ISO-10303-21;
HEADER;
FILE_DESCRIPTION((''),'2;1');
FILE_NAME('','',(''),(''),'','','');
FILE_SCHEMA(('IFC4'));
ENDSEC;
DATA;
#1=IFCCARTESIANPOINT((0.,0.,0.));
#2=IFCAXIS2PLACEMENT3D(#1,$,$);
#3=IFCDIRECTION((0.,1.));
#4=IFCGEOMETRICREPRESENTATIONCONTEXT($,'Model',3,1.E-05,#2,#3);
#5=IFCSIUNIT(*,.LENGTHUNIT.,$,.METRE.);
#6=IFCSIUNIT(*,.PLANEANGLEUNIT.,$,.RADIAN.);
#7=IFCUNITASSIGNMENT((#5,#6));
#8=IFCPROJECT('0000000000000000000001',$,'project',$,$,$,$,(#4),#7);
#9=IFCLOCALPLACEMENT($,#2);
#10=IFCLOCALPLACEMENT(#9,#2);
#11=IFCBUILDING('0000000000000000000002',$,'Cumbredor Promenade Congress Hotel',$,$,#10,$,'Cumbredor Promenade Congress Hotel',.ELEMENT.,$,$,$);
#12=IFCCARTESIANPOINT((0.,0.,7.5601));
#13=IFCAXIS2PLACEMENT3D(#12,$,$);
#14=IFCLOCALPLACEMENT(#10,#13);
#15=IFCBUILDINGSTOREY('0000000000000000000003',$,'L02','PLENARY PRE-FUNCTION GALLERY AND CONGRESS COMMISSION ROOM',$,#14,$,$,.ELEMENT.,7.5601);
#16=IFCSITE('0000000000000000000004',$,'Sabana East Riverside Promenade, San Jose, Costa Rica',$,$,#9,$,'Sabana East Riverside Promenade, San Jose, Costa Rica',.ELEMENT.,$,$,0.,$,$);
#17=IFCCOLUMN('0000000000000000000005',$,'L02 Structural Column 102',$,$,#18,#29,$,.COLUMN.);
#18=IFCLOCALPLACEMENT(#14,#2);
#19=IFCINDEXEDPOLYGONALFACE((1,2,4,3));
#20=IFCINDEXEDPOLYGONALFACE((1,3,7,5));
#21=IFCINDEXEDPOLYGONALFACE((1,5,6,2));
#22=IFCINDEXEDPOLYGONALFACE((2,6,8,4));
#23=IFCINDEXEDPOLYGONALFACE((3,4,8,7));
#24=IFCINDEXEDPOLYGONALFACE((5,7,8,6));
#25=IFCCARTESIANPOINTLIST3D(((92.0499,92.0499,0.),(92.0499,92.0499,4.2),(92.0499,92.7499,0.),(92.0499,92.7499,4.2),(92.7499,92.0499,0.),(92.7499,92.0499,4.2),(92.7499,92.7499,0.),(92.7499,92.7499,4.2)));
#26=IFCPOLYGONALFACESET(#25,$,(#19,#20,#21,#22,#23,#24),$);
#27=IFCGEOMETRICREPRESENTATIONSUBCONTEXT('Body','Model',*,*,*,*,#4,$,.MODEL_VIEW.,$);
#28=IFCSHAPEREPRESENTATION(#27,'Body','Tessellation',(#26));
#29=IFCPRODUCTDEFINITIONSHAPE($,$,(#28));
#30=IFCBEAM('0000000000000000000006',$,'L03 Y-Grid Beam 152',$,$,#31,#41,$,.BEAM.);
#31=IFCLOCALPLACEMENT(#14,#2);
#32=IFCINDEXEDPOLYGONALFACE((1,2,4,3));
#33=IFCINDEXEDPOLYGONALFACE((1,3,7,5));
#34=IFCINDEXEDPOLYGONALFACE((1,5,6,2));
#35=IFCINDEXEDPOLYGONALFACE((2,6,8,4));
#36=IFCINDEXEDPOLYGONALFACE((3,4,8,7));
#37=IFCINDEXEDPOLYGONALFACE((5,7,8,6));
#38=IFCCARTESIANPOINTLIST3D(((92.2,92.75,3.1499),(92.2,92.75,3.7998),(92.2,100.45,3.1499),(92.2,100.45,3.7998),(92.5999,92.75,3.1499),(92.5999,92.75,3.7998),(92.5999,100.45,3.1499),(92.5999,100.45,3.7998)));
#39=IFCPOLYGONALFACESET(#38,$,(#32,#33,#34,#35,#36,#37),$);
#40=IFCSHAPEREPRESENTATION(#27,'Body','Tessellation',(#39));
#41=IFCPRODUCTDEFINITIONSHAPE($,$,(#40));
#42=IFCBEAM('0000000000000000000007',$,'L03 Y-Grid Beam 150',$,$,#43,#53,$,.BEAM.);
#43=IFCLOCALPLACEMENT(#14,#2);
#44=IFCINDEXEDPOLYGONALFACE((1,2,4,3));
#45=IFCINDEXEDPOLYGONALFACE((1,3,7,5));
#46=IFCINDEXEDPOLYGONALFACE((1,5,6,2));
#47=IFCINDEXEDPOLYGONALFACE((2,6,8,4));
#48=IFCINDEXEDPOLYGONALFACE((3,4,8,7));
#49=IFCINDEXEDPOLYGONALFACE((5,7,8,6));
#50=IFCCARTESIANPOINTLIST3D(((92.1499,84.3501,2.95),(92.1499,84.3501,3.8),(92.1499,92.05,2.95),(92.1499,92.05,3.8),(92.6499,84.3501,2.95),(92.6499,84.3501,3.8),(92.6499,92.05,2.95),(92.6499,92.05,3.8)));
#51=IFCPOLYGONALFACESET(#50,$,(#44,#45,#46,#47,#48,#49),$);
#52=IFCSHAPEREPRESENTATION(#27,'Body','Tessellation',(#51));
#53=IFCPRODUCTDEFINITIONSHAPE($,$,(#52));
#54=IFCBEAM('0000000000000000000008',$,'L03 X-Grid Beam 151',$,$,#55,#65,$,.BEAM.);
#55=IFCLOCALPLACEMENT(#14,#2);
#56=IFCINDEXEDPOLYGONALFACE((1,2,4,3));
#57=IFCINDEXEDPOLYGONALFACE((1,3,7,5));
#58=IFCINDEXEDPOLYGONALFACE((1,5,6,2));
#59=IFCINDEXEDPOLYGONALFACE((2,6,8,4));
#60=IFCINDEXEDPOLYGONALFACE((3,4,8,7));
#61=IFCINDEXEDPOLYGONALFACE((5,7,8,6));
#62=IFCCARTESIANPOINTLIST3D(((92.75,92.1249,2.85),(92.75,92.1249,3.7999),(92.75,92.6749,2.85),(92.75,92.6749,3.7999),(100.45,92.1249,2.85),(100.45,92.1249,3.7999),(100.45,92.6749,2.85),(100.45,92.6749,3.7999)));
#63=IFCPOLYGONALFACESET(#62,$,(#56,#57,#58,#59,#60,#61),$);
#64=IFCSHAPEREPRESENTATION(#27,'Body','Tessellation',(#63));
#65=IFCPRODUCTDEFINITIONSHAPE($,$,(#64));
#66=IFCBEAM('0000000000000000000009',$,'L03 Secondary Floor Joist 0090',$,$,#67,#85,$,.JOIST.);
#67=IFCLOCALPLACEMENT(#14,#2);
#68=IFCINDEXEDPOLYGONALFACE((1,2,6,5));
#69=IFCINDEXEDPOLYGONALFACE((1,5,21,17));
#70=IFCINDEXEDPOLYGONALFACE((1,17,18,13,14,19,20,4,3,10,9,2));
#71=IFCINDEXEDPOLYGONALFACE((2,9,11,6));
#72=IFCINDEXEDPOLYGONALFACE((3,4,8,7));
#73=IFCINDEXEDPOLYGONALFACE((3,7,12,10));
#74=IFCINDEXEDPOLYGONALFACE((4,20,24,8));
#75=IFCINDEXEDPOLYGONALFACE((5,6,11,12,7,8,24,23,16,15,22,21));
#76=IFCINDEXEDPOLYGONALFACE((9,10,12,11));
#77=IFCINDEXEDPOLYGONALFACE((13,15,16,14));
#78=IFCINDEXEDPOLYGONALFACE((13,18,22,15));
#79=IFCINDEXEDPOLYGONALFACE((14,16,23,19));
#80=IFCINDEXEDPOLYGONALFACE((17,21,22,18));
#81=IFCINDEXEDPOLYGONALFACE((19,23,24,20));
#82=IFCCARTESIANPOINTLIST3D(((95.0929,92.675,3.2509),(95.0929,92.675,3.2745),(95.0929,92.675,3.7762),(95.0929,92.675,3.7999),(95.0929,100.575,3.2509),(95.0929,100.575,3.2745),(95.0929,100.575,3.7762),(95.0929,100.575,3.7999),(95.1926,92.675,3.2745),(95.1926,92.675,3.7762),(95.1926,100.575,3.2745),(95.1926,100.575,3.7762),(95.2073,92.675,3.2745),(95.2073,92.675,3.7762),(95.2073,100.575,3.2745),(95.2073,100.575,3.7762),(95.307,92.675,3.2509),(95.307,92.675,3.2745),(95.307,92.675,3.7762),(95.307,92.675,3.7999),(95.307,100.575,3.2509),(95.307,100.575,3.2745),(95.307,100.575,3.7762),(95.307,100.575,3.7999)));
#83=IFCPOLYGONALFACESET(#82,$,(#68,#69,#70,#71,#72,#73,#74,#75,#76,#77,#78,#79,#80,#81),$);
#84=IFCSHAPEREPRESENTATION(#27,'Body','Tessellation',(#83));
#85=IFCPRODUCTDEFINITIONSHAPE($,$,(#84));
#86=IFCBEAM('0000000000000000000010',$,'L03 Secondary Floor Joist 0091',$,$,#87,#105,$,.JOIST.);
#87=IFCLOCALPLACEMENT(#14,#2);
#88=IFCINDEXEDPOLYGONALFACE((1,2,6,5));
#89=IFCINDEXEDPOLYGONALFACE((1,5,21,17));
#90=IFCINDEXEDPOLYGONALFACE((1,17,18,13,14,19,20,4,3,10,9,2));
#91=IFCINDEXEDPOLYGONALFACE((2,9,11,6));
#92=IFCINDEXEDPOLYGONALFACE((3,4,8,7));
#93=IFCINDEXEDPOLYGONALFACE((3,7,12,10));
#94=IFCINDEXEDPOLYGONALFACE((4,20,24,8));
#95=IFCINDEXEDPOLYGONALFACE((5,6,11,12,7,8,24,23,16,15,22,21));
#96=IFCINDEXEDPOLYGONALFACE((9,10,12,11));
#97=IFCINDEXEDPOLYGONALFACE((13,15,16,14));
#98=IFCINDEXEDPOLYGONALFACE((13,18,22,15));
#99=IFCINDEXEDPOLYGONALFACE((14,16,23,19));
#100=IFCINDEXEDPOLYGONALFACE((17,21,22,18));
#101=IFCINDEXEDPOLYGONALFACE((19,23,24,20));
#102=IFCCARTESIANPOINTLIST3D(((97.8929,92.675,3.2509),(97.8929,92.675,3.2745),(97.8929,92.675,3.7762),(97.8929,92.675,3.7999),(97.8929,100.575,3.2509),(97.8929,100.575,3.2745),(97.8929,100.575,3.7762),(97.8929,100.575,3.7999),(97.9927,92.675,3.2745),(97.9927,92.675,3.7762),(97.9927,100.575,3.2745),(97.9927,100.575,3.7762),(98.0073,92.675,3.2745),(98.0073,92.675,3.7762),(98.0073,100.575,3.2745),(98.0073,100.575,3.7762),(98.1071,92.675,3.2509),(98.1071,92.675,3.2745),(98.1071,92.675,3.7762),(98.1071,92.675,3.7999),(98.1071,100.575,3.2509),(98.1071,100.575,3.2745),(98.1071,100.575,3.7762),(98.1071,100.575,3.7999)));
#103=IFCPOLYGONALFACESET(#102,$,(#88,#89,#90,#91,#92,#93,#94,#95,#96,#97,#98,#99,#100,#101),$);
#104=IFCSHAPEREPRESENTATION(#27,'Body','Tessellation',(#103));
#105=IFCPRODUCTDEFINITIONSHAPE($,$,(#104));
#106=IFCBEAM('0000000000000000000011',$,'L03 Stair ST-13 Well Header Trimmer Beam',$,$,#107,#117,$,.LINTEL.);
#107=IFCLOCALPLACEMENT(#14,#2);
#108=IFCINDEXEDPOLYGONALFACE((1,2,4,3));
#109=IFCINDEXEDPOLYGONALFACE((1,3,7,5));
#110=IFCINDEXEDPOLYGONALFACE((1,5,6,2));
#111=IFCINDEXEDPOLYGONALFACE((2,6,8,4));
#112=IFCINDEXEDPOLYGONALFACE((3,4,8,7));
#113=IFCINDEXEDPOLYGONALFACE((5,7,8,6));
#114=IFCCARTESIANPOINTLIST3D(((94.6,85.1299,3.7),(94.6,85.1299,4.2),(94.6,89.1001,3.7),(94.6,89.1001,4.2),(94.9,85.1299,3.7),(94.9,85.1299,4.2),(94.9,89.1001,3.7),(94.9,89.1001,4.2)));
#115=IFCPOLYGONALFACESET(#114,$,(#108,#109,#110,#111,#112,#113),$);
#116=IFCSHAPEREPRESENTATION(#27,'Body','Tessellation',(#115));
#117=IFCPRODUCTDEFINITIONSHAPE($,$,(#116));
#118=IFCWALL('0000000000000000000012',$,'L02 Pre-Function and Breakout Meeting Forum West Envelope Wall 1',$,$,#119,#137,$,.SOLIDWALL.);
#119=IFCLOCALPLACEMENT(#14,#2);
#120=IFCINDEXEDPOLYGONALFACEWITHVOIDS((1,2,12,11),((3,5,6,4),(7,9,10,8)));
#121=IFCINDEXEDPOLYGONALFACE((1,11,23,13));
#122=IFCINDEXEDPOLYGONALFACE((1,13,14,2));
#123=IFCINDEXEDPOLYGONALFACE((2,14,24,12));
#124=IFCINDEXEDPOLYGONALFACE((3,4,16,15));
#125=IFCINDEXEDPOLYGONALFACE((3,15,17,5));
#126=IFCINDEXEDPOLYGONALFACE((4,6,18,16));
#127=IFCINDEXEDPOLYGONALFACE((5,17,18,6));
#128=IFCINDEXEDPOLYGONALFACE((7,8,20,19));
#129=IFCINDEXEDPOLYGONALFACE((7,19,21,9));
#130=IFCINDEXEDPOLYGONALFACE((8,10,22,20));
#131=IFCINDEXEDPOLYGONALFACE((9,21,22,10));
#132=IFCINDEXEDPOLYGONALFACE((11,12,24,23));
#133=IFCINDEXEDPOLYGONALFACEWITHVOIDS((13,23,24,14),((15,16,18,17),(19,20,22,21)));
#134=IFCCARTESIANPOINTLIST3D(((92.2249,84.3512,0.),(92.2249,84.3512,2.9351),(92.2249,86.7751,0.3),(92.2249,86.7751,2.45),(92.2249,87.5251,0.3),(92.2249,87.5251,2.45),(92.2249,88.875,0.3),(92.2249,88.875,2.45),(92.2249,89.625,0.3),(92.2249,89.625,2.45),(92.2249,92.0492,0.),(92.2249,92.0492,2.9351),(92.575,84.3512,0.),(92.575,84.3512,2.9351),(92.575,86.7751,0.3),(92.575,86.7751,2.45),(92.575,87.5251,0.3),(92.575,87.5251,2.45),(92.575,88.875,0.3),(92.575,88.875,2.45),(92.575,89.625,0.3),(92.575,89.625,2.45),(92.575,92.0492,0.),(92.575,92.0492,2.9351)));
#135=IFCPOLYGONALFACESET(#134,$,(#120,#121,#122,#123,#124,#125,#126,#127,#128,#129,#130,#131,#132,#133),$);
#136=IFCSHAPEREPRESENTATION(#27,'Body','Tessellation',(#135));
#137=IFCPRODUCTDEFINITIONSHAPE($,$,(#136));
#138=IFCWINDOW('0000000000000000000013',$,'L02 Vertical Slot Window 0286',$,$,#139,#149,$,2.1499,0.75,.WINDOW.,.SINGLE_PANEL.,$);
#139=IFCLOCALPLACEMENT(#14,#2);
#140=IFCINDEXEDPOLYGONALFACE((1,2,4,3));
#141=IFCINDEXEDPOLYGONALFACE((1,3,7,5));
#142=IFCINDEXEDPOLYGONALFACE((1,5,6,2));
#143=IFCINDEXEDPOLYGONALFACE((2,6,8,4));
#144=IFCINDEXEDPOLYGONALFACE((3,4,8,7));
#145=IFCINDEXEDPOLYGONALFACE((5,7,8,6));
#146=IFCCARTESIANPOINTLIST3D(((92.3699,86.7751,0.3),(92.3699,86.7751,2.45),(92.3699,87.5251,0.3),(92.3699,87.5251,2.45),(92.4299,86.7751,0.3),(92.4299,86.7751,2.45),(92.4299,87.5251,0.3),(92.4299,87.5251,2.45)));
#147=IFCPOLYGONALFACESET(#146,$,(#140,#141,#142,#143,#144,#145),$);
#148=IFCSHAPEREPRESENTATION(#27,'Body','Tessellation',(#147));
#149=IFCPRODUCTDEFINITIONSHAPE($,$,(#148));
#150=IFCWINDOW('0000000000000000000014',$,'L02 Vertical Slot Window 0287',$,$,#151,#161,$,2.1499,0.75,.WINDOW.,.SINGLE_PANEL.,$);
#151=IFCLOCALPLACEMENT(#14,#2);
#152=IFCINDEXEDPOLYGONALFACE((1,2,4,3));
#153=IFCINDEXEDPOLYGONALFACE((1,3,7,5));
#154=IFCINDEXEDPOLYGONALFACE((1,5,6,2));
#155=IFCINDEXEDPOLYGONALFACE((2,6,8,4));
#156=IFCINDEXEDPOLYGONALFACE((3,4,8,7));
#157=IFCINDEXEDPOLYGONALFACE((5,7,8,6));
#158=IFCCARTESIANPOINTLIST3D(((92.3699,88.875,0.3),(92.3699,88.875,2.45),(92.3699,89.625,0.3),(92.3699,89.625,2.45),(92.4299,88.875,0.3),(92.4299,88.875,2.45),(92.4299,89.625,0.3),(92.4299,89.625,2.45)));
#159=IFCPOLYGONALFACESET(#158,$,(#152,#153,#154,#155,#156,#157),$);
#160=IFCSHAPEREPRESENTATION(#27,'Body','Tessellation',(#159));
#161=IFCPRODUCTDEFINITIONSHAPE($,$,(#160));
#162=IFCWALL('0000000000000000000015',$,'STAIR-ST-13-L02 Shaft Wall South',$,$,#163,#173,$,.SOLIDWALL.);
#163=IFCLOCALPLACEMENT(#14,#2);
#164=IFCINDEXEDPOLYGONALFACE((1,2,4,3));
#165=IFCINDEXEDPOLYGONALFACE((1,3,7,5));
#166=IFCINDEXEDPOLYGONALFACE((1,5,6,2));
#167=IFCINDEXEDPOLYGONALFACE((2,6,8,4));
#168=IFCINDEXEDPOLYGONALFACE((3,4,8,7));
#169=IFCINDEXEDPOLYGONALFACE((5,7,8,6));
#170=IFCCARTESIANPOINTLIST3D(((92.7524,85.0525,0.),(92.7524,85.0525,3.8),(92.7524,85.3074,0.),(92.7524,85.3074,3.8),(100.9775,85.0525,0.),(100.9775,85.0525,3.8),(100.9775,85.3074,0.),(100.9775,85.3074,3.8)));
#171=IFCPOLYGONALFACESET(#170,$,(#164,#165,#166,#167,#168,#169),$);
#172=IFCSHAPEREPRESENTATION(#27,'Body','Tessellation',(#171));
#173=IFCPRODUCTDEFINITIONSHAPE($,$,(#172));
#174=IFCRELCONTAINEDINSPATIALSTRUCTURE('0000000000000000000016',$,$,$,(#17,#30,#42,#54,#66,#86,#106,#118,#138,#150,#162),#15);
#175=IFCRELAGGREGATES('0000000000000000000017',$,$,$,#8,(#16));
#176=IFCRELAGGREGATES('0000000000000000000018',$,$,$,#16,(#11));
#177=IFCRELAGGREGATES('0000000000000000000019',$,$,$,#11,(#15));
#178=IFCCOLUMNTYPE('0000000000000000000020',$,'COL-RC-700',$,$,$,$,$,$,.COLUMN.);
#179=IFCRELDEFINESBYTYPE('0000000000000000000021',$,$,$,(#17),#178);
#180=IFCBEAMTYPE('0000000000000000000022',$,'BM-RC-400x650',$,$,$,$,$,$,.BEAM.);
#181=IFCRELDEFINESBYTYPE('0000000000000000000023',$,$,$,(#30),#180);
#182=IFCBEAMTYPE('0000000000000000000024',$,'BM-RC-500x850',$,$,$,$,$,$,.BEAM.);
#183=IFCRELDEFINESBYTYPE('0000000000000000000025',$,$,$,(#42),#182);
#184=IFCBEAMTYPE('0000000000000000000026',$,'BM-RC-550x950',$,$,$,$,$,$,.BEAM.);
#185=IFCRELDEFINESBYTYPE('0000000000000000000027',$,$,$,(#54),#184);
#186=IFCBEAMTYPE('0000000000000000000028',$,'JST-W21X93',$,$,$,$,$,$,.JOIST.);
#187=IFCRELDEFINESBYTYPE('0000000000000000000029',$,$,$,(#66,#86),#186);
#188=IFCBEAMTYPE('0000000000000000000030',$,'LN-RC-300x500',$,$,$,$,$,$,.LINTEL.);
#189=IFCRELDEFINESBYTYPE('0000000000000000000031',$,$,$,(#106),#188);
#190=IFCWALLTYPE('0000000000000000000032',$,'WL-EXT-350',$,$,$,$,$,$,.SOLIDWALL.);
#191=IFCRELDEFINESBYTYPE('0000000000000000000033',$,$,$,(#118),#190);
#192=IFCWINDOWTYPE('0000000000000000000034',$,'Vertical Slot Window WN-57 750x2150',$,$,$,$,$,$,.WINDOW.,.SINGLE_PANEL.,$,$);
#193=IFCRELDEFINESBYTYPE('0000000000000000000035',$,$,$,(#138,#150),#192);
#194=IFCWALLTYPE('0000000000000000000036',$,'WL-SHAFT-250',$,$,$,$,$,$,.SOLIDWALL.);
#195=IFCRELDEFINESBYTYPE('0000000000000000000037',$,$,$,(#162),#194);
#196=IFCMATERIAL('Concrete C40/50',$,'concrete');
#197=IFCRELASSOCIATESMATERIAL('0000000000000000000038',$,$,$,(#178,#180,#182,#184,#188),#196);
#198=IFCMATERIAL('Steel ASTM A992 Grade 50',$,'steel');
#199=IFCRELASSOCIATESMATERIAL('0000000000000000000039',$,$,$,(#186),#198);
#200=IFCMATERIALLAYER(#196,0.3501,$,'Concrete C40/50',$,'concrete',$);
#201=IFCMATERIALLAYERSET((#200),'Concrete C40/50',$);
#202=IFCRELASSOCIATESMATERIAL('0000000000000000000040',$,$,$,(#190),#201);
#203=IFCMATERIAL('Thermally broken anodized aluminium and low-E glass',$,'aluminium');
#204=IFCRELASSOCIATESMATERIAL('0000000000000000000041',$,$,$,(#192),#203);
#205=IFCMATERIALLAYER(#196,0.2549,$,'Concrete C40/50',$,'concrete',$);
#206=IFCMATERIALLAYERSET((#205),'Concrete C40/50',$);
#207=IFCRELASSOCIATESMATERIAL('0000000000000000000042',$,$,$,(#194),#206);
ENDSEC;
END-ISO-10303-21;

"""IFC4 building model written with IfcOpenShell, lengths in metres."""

from ifc_helpers import new_model, si_unit, direction, frame, frame_2d, origin, origin_2d, place, context, subcontext, project, spatial, rectangle, i_section, extrude, material, layer, layer_set, material_profile, profile_set, type_object, element, fill, save


model = new_model("IFC4")

# Units and contexts
model_context = context("Model", 3, precision=1e-05, world=origin(), true_north=direction((0.0, 1.0)))
body_context = subcontext(model_context, "Body", "Model", "MODEL_VIEW")
ifc_project = project(units=[si_unit("LENGTHUNIT", "METRE"), si_unit("PLANEANGLEUNIT", "RADIAN")], contexts=[model_context])

# Site, building, storey
site_placement = place(None, origin())
site = spatial("IfcSite", under=ifc_project, at=site_placement, Name="Sabana East Riverside Promenade, San Jose, Costa Rica", LongName="Sabana East Riverside Promenade, San Jose, Costa Rica", CompositionType="ELEMENT", RefElevation=0.0)
building_placement = place(site_placement, origin())
building = spatial("IfcBuilding", under=site, at=building_placement, Name="Cumbredor Promenade Congress Hotel", LongName="Cumbredor Promenade Congress Hotel", CompositionType="ELEMENT")
storey_placement = place(building_placement, frame((0.0, 0.0, 7.5601)))
storey = spatial("IfcBuildingStorey", under=building, at=storey_placement, Name="L02", Description="PLENARY PRE-FUNCTION GALLERY AND CONGRESS COMMISSION ROOM", CompositionType="ELEMENT", Elevation=7.5601)

# Column
ifc_material_1 = material(Name="Concrete C40/50", Category="concrete")
ifc_material_profile_1 = material_profile(ifc_material_1, rectangle(XDim=0.7, YDim=0.7, at=origin_2d()), Name="RC 700x700")
ifc_profile_set_1 = profile_set([ifc_material_profile_1], Name="Concrete C40/50")
column_type = type_object("IfcColumnType", Name="COL-RC-700", PredefinedType="COLUMN", material=ifc_profile_set_1)
column_placement = place(storey_placement, frame((92.3999, 92.3999, 0.0), z_axis=(0.0, 0.0, 1.0), x_axis=(1.0, 0.0, 0.0)))
element("IfcColumn", 1, at=column_placement, inside=storey, type_object=column_type, Name="L02 Structural Column 102", PredefinedType="COLUMN", context=body_context, shape_type="SweptSolid", body=[
    extrude(rectangle(XDim=0.7, YDim=0.7, at=origin_2d()), origin(), (0.0, 0.0, 1.0), 4.2),
])

# Beams
ifc_material_profile_2 = material_profile(ifc_material_1, rectangle(XDim=0.3999, YDim=0.6499, at=origin_2d()), Name="RC BEAM 400x650")
ifc_profile_set_2 = profile_set([ifc_material_profile_2], Name="Concrete C40/50")
beam_type_1 = type_object("IfcBeamType", Name="BM-RC-400x650", PredefinedType="BEAM", material=ifc_profile_set_2)
beam_1_placement = place(storey_placement, frame((92.3999, 92.75, 3.4749), z_axis=(0.0, 1.0, 0.0), x_axis=(-1.0, 0.0, 0.0)))
element("IfcBeam", 2, at=beam_1_placement, inside=storey, type_object=beam_type_1, Name="L03 Y-Grid Beam 152", PredefinedType="BEAM", context=body_context, shape_type="SweptSolid", body=[
    extrude(rectangle(XDim=0.3999, YDim=0.6499, at=origin_2d()), origin(), (0.0, 0.0, 1.0), 7.7),
])
ifc_material_profile_3 = material_profile(ifc_material_1, rectangle(XDim=0.5, YDim=0.8501, at=origin_2d()), Name="RC BEAM 500x850")
ifc_profile_set_3 = profile_set([ifc_material_profile_3], Name="Concrete C40/50")
beam_type_2 = type_object("IfcBeamType", Name="BM-RC-500x850", PredefinedType="BEAM", material=ifc_profile_set_3)
beam_2_placement = place(storey_placement, frame((92.3999, 84.3501, 3.375), z_axis=(0.0, 1.0, 0.0), x_axis=(-1.0, 0.0, 0.0)))
element("IfcBeam", 3, at=beam_2_placement, inside=storey, type_object=beam_type_2, Name="L03 Y-Grid Beam 150", PredefinedType="BEAM", context=body_context, shape_type="SweptSolid", body=[
    extrude(rectangle(XDim=0.5, YDim=0.8501, at=origin_2d()), origin(), (0.0, 0.0, 1.0), 7.7),
])
ifc_material_profile_4 = material_profile(ifc_material_1, rectangle(XDim=0.55, YDim=0.95, at=origin_2d()), Name="RC BEAM 550x950")
ifc_profile_set_4 = profile_set([ifc_material_profile_4], Name="Concrete C40/50")
beam_type_3 = type_object("IfcBeamType", Name="BM-RC-550x950", PredefinedType="BEAM", material=ifc_profile_set_4)
beam_3_placement = place(storey_placement, frame((92.75, 92.3999, 3.325), z_axis=(1.0, 0.0, 0.0), x_axis=(0.0, 1.0, 0.0)))
element("IfcBeam", 4, at=beam_3_placement, inside=storey, type_object=beam_type_3, Name="L03 X-Grid Beam 151", PredefinedType="BEAM", context=body_context, shape_type="SweptSolid", body=[
    extrude(rectangle(XDim=0.55, YDim=0.95, at=origin_2d()), origin(), (0.0, 0.0, 1.0), 7.7),
])
ifc_material_2 = material(Name="Steel ASTM A992 Grade 50", Category="steel")
ifc_material_profile_5 = material_profile(ifc_material_2, i_section(OverallWidth=0.2141, OverallDepth=0.5491, WebThickness=0.0146, FlangeThickness=0.0237, at=origin_2d()), Name="W21X93")
ifc_profile_set_5 = profile_set([ifc_material_profile_5], Name="Steel ASTM A992 Grade 50")
beam_type_4 = type_object("IfcBeamType", Name="JST-W21X93", PredefinedType="JOIST", material=ifc_profile_set_5)
for number, where, z_axis, x_axis, name in (
    (5, (95.2, 92.675, 3.5254), (0.0, 1.0, 0.0), (-1.0, 0.0, 0.0), "L03 Secondary Floor Joist 0090"),
    (6, (98.0, 92.675, 3.5254), (0.0, 1.0, 0.0), (-1.0, 0.0, 0.0), "L03 Secondary Floor Joist 0091"),
):
    element("IfcBeam", number, at=place(storey_placement, frame(where, z_axis=z_axis, x_axis=x_axis)), inside=storey, type_object=beam_type_4, Name=name, PredefinedType="JOIST", context=body_context, shape_type="SweptSolid", body=[
        extrude(i_section(OverallWidth=0.2141, OverallDepth=0.5491, WebThickness=0.0146, FlangeThickness=0.0237, at=origin_2d()), origin(), (0.0, 0.0, 1.0), 7.8999),
    ])
ifc_material_profile_6 = material_profile(ifc_material_1, rectangle(XDim=0.3, YDim=0.5, at=origin_2d()), Name="RC LINTEL 300x500")
ifc_profile_set_6 = profile_set([ifc_material_profile_6], Name="Concrete C40/50")
beam_type_5 = type_object("IfcBeamType", Name="LN-RC-300x500", PredefinedType="LINTEL", material=ifc_profile_set_6)
beam_4_placement = place(storey_placement, frame((94.75, 85.1299, 3.95), z_axis=(0.0, 1.0, 0.0), x_axis=(-1.0, 0.0, 0.0)))
element("IfcBeam", 7, at=beam_4_placement, inside=storey, type_object=beam_type_5, Name="L03 Stair ST-13 Well Header Trimmer Beam", PredefinedType="LINTEL", context=body_context, shape_type="SweptSolid", body=[
    extrude(rectangle(XDim=0.3, YDim=0.5, at=origin_2d()), origin(), (0.0, 0.0, 1.0), 3.9702),
])

# Wall, openings, windows
ifc_layer_1 = layer(ifc_material_1, 0.3501, Name="Concrete C40/50", Category="concrete")
ifc_layer_set_1 = layer_set([ifc_layer_1], Name="Concrete C40/50")
wall_type_1 = type_object("IfcWallType", Name="WL-EXT-350", PredefinedType="SOLIDWALL", material=ifc_layer_set_1)
wall_1_placement = place(storey_placement, frame((92.3999, 84.3511, 0.0), z_axis=(0.0, 0.0, 1.0), x_axis=(0.0, 1.0, 0.0)))
wall_1 = element("IfcWall", 8, at=wall_1_placement, inside=storey, type_object=wall_type_1, Name="L02 Pre-Function and Breakout Meeting Forum West Envelope Wall 1", PredefinedType="SOLIDWALL", context=body_context, shape_type="SweptSolid", body=[
    extrude(rectangle(XDim=7.698, YDim=0.3501, at=frame_2d((3.8491, 0.0))), origin(), (0.0, 0.0, 1.0), 2.9351),
])
opening_1_placement = place(wall_1_placement, frame((2.4241, 0.0, 0.3)))
opening_1 = element("IfcOpeningElement", 9, at=opening_1_placement, cuts=wall_1, PredefinedType="OPENING", context=body_context, shape_type="SweptSolid", body=[
    extrude(rectangle(XDim=0.75, YDim=2.1499, at=frame_2d((0.375, 1.075))), frame((0.0, 0.1851, 0.0), z_axis=(0.0, -1.0, 0.0), x_axis=(1.0, 0.0, 0.0)), (0.0, 0.0, 1.0), 0.3701),
])
opening_2_placement = place(wall_1_placement, frame((4.5239, 0.0, 0.3)))
opening_2 = element("IfcOpeningElement", 10, at=opening_2_placement, cuts=wall_1, PredefinedType="OPENING", context=body_context, shape_type="SweptSolid", body=[
    extrude(rectangle(XDim=0.75, YDim=2.1499, at=frame_2d((0.375, 1.075))), frame((0.0, 0.1851, 0.0), z_axis=(0.0, -1.0, 0.0), x_axis=(1.0, 0.0, 0.0)), (0.0, 0.0, 1.0), 0.3701),
])
ifc_material_3 = material(Name="Thermally broken anodized aluminium and low-E glass", Category="aluminium")
window_type = type_object("IfcWindowType", Name="Vertical Slot Window WN-57 750x2150", PartitioningType="SINGLE_PANEL", PredefinedType="WINDOW", material=ifc_material_3)
window_1_placement = place(opening_1_placement, origin())
window_1 = element("IfcWindow", 11, at=window_1_placement, inside=storey, type_object=window_type, Name="L02 Vertical Slot Window 0286", OverallHeight=2.1499, OverallWidth=0.75, PartitioningType="SINGLE_PANEL", PredefinedType="WINDOW", context=body_context, shape_type="SweptSolid", body=[
    extrude(rectangle(XDim=0.75, YDim=2.1499, at=frame_2d((0.375, 1.075))), frame((0.0, 0.03, 0.0), z_axis=(0.0, -1.0, 0.0), x_axis=(1.0, 0.0, 0.0)), (0.0, 0.0, 1.0), 0.0601),
])
fill(opening_1, window_1)
window_2_placement = place(opening_2_placement, origin())
window_2 = element("IfcWindow", 12, at=window_2_placement, inside=storey, type_object=window_type, Name="L02 Vertical Slot Window 0287", OverallHeight=2.1499, OverallWidth=0.75, PartitioningType="SINGLE_PANEL", PredefinedType="WINDOW", context=body_context, shape_type="SweptSolid", body=[
    extrude(rectangle(XDim=0.75, YDim=2.1499, at=frame_2d((0.375, 1.075))), frame((0.0, 0.03, 0.0), z_axis=(0.0, -1.0, 0.0), x_axis=(1.0, 0.0, 0.0)), (0.0, 0.0, 1.0), 0.0601),
])
fill(opening_2, window_2)

# Wall
ifc_layer_2 = layer(ifc_material_1, 0.2549, Name="Concrete C40/50", Category="concrete")
ifc_layer_set_2 = layer_set([ifc_layer_2], Name="Concrete C40/50")
wall_type_2 = type_object("IfcWallType", Name="WL-SHAFT-250", PredefinedType="SOLIDWALL", material=ifc_layer_set_2)
wall_2_placement = place(storey_placement, frame((92.7524, 85.1799, 0.0), z_axis=(0.0, 0.0, 1.0), x_axis=(1.0, 0.0, 0.0)))
element("IfcWall", 13, at=wall_2_placement, inside=storey, type_object=wall_type_2, Name="STAIR-ST-13-L02 Shaft Wall South", PredefinedType="SOLIDWALL", context=body_context, shape_type="SweptSolid", body=[
    extrude(rectangle(XDim=8.2251, YDim=0.2549, at=frame_2d((4.1125, 0.0))), origin(), (0.0, 0.0, 1.0), 3.8),
])

save(model, "model.ifc")
